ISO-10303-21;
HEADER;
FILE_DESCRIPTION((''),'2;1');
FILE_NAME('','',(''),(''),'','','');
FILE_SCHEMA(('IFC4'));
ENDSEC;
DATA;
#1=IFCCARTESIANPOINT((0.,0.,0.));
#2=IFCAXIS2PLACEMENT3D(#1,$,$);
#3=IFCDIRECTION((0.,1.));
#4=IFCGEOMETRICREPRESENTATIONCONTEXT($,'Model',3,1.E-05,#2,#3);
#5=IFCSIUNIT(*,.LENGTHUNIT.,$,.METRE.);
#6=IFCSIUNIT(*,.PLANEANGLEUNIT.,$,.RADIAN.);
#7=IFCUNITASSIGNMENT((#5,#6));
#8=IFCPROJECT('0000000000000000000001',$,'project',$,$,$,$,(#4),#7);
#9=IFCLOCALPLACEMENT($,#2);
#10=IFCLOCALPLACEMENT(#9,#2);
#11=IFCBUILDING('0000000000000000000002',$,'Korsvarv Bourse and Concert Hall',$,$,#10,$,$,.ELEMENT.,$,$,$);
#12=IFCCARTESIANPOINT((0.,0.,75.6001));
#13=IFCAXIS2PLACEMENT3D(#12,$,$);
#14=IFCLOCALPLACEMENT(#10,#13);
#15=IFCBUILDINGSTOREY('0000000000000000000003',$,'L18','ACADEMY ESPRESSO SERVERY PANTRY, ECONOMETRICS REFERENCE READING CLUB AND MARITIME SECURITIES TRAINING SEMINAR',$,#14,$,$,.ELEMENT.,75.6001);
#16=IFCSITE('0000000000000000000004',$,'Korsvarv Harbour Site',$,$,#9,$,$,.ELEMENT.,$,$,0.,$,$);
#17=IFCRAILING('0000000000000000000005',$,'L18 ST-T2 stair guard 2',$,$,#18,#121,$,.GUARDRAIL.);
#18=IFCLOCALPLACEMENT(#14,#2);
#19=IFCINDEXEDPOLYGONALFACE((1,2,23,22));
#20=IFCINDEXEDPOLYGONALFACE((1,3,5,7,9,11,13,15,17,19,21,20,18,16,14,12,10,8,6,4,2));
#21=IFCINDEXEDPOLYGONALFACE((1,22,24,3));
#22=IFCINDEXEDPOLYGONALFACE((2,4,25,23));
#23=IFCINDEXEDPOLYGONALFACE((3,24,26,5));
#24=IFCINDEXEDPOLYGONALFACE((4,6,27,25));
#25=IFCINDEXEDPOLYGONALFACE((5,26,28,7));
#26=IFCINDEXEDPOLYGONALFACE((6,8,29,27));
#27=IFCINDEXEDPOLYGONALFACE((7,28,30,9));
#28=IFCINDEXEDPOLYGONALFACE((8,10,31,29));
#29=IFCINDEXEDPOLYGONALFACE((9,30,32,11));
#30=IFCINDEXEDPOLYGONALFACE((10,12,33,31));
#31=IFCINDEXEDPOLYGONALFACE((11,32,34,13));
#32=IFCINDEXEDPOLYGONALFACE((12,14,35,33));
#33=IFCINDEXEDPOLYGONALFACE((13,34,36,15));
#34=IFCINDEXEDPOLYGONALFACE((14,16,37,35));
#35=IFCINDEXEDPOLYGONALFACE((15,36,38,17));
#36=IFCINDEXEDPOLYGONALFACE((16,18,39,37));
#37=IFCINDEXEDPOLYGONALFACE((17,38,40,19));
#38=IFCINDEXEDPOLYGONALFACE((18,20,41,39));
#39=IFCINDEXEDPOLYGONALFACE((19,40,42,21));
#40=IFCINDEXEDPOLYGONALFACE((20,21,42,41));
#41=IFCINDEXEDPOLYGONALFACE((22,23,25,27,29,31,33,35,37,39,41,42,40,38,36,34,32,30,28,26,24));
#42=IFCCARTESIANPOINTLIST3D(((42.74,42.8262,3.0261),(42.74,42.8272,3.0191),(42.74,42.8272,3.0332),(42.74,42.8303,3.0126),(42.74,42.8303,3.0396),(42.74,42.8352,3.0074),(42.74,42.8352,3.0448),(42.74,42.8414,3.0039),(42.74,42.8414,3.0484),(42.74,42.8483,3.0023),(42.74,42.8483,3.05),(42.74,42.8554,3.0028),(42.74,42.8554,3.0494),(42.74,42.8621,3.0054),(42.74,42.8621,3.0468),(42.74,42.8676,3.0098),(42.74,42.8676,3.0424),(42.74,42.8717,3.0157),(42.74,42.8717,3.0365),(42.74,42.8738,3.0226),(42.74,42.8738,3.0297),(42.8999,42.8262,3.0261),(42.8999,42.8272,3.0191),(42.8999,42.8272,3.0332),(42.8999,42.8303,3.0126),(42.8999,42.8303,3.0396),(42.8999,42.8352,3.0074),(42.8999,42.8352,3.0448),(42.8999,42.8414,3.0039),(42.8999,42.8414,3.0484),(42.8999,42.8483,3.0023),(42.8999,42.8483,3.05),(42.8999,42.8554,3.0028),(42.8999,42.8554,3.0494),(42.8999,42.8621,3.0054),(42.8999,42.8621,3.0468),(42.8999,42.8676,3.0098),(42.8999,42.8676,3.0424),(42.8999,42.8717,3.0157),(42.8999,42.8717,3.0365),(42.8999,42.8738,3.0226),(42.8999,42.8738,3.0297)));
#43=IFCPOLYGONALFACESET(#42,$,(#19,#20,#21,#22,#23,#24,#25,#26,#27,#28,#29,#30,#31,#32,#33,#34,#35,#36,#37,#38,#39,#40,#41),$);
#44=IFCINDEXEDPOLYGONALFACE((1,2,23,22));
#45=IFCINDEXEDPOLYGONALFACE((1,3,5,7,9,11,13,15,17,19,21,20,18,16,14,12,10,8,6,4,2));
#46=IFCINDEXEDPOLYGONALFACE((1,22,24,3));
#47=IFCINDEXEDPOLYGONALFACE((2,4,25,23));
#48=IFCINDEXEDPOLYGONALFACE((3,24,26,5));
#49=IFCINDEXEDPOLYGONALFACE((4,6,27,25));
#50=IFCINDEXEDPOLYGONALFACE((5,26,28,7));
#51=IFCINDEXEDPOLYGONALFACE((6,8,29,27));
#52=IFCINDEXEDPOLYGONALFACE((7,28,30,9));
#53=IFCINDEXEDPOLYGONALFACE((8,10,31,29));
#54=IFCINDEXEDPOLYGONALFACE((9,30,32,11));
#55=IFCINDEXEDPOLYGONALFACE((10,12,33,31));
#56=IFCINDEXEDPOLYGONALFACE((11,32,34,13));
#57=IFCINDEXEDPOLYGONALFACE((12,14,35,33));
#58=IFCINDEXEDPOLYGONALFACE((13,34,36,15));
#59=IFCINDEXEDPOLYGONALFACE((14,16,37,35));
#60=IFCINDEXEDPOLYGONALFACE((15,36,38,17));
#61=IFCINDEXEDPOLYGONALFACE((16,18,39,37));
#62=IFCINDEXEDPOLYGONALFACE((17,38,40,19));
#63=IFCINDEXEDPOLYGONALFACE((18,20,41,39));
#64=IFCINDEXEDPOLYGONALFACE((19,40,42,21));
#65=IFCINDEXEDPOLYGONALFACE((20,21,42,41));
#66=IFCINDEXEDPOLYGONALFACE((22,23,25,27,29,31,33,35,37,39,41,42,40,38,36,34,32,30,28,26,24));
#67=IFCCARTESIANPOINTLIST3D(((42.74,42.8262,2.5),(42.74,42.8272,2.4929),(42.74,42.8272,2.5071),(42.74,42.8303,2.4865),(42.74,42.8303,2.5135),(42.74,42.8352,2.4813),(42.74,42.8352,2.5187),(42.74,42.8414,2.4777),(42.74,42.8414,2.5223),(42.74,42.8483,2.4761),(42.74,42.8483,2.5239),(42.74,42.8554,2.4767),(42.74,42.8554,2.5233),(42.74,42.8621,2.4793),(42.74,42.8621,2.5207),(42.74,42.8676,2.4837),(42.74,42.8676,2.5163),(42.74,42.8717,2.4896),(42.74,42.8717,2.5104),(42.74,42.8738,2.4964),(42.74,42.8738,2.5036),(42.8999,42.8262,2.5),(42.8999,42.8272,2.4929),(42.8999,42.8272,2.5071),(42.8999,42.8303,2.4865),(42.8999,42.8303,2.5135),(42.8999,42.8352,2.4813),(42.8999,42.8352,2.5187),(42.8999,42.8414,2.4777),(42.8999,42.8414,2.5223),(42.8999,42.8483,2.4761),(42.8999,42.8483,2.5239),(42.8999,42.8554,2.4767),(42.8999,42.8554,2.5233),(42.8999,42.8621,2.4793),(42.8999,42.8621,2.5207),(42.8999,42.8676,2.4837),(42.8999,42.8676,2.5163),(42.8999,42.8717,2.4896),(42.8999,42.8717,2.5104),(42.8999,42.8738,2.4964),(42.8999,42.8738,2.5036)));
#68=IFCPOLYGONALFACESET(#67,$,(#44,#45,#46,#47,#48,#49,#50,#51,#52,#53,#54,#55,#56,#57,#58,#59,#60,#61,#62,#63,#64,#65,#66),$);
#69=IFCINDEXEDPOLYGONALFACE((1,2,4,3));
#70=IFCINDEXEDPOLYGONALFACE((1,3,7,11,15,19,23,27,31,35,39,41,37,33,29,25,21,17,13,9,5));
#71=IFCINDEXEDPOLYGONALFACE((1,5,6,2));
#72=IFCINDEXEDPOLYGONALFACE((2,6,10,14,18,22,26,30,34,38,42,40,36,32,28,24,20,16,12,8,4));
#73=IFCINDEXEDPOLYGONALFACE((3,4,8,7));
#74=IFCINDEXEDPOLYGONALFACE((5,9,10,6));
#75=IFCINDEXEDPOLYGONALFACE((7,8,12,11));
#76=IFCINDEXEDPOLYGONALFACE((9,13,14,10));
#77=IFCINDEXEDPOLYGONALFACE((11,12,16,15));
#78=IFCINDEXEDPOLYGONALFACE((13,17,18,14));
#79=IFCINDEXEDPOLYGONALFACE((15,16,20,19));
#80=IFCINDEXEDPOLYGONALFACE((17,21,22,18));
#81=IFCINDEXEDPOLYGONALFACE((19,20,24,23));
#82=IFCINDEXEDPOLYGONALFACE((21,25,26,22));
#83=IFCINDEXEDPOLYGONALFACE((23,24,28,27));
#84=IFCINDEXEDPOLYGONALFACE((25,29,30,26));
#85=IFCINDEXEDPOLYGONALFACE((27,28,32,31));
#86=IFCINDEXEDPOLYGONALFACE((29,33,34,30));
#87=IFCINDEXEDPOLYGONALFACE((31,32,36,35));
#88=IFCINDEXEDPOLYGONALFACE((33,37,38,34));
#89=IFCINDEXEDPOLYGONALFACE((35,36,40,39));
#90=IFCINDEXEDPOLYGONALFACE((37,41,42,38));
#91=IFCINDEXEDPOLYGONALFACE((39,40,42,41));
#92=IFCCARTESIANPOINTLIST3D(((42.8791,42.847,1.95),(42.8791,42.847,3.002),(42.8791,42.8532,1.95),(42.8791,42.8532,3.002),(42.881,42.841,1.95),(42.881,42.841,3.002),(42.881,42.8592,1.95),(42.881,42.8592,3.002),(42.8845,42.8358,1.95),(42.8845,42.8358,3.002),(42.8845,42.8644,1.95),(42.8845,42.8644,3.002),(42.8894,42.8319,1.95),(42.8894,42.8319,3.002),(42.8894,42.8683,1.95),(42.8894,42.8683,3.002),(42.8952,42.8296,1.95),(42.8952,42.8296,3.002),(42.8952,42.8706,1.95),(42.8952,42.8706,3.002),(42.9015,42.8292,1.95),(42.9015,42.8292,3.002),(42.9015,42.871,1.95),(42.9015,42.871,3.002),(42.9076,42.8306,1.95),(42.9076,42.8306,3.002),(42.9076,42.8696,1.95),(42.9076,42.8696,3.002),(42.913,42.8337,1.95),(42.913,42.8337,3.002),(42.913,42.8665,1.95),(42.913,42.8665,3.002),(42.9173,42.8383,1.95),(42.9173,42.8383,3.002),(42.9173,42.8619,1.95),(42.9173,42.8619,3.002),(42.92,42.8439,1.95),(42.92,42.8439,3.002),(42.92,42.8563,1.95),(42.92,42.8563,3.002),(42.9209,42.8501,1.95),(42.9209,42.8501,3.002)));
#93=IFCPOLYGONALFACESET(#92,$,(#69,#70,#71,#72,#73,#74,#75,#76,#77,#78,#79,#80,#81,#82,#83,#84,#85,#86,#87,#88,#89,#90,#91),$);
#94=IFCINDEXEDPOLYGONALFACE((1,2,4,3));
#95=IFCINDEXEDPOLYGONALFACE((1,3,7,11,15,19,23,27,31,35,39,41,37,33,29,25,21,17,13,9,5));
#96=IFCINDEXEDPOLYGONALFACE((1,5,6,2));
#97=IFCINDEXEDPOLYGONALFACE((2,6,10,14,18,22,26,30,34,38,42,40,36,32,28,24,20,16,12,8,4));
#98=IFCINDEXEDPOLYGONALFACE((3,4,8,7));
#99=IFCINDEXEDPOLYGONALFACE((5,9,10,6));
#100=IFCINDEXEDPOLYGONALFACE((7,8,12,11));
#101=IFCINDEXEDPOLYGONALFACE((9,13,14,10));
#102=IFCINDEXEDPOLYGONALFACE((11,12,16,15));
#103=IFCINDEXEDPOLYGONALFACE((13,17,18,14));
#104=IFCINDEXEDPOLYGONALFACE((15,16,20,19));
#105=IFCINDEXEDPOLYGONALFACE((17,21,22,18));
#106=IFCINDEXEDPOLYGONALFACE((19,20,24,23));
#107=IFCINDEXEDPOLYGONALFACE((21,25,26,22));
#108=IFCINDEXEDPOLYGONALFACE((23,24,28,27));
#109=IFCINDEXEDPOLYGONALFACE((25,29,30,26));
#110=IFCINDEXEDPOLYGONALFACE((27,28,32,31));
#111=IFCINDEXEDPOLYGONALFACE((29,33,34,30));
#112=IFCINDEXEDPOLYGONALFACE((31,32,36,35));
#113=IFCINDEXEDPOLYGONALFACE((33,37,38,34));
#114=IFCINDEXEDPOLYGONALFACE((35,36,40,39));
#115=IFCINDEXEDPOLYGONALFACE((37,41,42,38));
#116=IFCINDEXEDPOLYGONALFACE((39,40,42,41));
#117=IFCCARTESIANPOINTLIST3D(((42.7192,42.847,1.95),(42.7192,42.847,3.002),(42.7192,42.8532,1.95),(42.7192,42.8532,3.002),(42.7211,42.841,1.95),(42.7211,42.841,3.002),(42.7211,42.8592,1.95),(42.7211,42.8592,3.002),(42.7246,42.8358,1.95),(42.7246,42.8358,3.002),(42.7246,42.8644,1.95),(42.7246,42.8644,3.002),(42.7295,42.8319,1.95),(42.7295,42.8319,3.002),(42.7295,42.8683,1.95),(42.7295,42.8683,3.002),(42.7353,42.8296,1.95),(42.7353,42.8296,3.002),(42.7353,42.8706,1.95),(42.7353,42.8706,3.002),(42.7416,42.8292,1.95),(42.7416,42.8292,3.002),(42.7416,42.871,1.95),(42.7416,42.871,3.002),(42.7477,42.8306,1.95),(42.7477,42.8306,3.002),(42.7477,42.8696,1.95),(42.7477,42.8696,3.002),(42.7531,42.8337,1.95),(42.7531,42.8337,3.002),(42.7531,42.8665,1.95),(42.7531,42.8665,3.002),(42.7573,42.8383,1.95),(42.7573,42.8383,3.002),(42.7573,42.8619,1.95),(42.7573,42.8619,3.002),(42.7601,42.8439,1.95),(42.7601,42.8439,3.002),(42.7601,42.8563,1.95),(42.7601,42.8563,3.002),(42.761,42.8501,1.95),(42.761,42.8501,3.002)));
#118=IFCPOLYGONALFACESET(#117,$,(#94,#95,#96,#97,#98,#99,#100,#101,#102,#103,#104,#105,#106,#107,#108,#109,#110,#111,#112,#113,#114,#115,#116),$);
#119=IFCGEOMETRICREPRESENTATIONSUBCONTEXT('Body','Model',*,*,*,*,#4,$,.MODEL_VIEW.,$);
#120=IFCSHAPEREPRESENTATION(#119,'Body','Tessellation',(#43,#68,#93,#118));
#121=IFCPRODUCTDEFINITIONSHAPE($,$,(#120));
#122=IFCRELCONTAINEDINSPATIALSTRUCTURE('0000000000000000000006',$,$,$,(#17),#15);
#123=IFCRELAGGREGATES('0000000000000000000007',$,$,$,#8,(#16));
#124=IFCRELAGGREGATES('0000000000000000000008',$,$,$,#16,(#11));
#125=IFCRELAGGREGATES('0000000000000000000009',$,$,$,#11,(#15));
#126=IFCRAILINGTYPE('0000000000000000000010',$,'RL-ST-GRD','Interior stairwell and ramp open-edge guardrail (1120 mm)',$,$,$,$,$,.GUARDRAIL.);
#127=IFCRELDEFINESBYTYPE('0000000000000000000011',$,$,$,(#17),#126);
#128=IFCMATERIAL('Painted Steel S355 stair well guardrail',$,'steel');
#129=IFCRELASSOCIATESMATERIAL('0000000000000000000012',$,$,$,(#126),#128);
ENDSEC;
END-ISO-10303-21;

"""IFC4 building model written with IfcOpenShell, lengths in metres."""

from ifc_helpers import new_model, si_unit, direction, frame, origin, origin_2d, place, context, subcontext, project, spatial, circle, extrude, material, type_object, element, save


model = new_model("IFC4")

# Units and contexts
model_context = context("Model", 3, precision=1e-05, world=origin(), true_north=direction((0.0, 1.0)))
body_context = subcontext(model_context, "Body", "Model", "MODEL_VIEW")
ifc_project = project(units=[si_unit("LENGTHUNIT", "METRE"), si_unit("PLANEANGLEUNIT", "RADIAN")], contexts=[model_context])

# Site, building, storey
site_placement = place(None, origin())
site = spatial("IfcSite", under=ifc_project, at=site_placement, Name="Korsvarv Harbour Site", CompositionType="ELEMENT", RefElevation=0.0)
building_placement = place(site_placement, origin())
building = spatial("IfcBuilding", under=site, at=building_placement, Name="Korsvarv Bourse and Concert Hall", CompositionType="ELEMENT")
storey_placement = place(building_placement, frame((0.0, 0.0, 75.6001)))
storey = spatial("IfcBuildingStorey", under=building, at=storey_placement, Name="L18", Description="ACADEMY ESPRESSO SERVERY PANTRY, ECONOMETRICS REFERENCE READING CLUB AND MARITIME SECURITIES TRAINING SEMINAR", CompositionType="ELEMENT", Elevation=75.6001)

# Railing
ifc_material_1 = material(Name="Painted Steel S355 stair well guardrail", Category="steel")
railing_type_1 = type_object("IfcRailingType", Name="RL-ST-GRD", Description="Interior stairwell and ramp open-edge guardrail (1120 mm)", PredefinedType="GUARDRAIL", material=ifc_material_1)
railing_1_placement = place(storey_placement, frame((42.8999, 42.8501, 1.95)))
element("IfcRailing", 1, at=railing_1_placement, inside=storey, type_object=railing_type_1, Name="L18 ST-T2 stair guard 2", PredefinedType="GUARDRAIL", context=body_context, shape_type="SweptSolid", body=[
    extrude(circle(Radius=0.0239, at=origin_2d()), frame((0.0, 0.0, 1.0762), z_axis=(-1.0, 0.0, 0.0), x_axis=(0.0, -1.0, 0.0)), (0.0, 0.0, 1.0), 0.1599),
    extrude(circle(Radius=0.0239, at=origin_2d()), frame((0.0, 0.0, 0.55), z_axis=(-1.0, 0.0, 0.0), x_axis=(0.0, -1.0, 0.0)), (0.0, 0.0, 1.0), 0.1599),
    extrude(circle(Radius=0.021, at=origin_2d()), origin(), (0.0, 0.0, 1.0), 1.052),
    extrude(circle(Radius=0.021, at=origin_2d()), frame((-0.1599, 0.0, 0.0)), (0.0, 0.0, 1.0), 1.052),
])

save(model, "model.ifc")
